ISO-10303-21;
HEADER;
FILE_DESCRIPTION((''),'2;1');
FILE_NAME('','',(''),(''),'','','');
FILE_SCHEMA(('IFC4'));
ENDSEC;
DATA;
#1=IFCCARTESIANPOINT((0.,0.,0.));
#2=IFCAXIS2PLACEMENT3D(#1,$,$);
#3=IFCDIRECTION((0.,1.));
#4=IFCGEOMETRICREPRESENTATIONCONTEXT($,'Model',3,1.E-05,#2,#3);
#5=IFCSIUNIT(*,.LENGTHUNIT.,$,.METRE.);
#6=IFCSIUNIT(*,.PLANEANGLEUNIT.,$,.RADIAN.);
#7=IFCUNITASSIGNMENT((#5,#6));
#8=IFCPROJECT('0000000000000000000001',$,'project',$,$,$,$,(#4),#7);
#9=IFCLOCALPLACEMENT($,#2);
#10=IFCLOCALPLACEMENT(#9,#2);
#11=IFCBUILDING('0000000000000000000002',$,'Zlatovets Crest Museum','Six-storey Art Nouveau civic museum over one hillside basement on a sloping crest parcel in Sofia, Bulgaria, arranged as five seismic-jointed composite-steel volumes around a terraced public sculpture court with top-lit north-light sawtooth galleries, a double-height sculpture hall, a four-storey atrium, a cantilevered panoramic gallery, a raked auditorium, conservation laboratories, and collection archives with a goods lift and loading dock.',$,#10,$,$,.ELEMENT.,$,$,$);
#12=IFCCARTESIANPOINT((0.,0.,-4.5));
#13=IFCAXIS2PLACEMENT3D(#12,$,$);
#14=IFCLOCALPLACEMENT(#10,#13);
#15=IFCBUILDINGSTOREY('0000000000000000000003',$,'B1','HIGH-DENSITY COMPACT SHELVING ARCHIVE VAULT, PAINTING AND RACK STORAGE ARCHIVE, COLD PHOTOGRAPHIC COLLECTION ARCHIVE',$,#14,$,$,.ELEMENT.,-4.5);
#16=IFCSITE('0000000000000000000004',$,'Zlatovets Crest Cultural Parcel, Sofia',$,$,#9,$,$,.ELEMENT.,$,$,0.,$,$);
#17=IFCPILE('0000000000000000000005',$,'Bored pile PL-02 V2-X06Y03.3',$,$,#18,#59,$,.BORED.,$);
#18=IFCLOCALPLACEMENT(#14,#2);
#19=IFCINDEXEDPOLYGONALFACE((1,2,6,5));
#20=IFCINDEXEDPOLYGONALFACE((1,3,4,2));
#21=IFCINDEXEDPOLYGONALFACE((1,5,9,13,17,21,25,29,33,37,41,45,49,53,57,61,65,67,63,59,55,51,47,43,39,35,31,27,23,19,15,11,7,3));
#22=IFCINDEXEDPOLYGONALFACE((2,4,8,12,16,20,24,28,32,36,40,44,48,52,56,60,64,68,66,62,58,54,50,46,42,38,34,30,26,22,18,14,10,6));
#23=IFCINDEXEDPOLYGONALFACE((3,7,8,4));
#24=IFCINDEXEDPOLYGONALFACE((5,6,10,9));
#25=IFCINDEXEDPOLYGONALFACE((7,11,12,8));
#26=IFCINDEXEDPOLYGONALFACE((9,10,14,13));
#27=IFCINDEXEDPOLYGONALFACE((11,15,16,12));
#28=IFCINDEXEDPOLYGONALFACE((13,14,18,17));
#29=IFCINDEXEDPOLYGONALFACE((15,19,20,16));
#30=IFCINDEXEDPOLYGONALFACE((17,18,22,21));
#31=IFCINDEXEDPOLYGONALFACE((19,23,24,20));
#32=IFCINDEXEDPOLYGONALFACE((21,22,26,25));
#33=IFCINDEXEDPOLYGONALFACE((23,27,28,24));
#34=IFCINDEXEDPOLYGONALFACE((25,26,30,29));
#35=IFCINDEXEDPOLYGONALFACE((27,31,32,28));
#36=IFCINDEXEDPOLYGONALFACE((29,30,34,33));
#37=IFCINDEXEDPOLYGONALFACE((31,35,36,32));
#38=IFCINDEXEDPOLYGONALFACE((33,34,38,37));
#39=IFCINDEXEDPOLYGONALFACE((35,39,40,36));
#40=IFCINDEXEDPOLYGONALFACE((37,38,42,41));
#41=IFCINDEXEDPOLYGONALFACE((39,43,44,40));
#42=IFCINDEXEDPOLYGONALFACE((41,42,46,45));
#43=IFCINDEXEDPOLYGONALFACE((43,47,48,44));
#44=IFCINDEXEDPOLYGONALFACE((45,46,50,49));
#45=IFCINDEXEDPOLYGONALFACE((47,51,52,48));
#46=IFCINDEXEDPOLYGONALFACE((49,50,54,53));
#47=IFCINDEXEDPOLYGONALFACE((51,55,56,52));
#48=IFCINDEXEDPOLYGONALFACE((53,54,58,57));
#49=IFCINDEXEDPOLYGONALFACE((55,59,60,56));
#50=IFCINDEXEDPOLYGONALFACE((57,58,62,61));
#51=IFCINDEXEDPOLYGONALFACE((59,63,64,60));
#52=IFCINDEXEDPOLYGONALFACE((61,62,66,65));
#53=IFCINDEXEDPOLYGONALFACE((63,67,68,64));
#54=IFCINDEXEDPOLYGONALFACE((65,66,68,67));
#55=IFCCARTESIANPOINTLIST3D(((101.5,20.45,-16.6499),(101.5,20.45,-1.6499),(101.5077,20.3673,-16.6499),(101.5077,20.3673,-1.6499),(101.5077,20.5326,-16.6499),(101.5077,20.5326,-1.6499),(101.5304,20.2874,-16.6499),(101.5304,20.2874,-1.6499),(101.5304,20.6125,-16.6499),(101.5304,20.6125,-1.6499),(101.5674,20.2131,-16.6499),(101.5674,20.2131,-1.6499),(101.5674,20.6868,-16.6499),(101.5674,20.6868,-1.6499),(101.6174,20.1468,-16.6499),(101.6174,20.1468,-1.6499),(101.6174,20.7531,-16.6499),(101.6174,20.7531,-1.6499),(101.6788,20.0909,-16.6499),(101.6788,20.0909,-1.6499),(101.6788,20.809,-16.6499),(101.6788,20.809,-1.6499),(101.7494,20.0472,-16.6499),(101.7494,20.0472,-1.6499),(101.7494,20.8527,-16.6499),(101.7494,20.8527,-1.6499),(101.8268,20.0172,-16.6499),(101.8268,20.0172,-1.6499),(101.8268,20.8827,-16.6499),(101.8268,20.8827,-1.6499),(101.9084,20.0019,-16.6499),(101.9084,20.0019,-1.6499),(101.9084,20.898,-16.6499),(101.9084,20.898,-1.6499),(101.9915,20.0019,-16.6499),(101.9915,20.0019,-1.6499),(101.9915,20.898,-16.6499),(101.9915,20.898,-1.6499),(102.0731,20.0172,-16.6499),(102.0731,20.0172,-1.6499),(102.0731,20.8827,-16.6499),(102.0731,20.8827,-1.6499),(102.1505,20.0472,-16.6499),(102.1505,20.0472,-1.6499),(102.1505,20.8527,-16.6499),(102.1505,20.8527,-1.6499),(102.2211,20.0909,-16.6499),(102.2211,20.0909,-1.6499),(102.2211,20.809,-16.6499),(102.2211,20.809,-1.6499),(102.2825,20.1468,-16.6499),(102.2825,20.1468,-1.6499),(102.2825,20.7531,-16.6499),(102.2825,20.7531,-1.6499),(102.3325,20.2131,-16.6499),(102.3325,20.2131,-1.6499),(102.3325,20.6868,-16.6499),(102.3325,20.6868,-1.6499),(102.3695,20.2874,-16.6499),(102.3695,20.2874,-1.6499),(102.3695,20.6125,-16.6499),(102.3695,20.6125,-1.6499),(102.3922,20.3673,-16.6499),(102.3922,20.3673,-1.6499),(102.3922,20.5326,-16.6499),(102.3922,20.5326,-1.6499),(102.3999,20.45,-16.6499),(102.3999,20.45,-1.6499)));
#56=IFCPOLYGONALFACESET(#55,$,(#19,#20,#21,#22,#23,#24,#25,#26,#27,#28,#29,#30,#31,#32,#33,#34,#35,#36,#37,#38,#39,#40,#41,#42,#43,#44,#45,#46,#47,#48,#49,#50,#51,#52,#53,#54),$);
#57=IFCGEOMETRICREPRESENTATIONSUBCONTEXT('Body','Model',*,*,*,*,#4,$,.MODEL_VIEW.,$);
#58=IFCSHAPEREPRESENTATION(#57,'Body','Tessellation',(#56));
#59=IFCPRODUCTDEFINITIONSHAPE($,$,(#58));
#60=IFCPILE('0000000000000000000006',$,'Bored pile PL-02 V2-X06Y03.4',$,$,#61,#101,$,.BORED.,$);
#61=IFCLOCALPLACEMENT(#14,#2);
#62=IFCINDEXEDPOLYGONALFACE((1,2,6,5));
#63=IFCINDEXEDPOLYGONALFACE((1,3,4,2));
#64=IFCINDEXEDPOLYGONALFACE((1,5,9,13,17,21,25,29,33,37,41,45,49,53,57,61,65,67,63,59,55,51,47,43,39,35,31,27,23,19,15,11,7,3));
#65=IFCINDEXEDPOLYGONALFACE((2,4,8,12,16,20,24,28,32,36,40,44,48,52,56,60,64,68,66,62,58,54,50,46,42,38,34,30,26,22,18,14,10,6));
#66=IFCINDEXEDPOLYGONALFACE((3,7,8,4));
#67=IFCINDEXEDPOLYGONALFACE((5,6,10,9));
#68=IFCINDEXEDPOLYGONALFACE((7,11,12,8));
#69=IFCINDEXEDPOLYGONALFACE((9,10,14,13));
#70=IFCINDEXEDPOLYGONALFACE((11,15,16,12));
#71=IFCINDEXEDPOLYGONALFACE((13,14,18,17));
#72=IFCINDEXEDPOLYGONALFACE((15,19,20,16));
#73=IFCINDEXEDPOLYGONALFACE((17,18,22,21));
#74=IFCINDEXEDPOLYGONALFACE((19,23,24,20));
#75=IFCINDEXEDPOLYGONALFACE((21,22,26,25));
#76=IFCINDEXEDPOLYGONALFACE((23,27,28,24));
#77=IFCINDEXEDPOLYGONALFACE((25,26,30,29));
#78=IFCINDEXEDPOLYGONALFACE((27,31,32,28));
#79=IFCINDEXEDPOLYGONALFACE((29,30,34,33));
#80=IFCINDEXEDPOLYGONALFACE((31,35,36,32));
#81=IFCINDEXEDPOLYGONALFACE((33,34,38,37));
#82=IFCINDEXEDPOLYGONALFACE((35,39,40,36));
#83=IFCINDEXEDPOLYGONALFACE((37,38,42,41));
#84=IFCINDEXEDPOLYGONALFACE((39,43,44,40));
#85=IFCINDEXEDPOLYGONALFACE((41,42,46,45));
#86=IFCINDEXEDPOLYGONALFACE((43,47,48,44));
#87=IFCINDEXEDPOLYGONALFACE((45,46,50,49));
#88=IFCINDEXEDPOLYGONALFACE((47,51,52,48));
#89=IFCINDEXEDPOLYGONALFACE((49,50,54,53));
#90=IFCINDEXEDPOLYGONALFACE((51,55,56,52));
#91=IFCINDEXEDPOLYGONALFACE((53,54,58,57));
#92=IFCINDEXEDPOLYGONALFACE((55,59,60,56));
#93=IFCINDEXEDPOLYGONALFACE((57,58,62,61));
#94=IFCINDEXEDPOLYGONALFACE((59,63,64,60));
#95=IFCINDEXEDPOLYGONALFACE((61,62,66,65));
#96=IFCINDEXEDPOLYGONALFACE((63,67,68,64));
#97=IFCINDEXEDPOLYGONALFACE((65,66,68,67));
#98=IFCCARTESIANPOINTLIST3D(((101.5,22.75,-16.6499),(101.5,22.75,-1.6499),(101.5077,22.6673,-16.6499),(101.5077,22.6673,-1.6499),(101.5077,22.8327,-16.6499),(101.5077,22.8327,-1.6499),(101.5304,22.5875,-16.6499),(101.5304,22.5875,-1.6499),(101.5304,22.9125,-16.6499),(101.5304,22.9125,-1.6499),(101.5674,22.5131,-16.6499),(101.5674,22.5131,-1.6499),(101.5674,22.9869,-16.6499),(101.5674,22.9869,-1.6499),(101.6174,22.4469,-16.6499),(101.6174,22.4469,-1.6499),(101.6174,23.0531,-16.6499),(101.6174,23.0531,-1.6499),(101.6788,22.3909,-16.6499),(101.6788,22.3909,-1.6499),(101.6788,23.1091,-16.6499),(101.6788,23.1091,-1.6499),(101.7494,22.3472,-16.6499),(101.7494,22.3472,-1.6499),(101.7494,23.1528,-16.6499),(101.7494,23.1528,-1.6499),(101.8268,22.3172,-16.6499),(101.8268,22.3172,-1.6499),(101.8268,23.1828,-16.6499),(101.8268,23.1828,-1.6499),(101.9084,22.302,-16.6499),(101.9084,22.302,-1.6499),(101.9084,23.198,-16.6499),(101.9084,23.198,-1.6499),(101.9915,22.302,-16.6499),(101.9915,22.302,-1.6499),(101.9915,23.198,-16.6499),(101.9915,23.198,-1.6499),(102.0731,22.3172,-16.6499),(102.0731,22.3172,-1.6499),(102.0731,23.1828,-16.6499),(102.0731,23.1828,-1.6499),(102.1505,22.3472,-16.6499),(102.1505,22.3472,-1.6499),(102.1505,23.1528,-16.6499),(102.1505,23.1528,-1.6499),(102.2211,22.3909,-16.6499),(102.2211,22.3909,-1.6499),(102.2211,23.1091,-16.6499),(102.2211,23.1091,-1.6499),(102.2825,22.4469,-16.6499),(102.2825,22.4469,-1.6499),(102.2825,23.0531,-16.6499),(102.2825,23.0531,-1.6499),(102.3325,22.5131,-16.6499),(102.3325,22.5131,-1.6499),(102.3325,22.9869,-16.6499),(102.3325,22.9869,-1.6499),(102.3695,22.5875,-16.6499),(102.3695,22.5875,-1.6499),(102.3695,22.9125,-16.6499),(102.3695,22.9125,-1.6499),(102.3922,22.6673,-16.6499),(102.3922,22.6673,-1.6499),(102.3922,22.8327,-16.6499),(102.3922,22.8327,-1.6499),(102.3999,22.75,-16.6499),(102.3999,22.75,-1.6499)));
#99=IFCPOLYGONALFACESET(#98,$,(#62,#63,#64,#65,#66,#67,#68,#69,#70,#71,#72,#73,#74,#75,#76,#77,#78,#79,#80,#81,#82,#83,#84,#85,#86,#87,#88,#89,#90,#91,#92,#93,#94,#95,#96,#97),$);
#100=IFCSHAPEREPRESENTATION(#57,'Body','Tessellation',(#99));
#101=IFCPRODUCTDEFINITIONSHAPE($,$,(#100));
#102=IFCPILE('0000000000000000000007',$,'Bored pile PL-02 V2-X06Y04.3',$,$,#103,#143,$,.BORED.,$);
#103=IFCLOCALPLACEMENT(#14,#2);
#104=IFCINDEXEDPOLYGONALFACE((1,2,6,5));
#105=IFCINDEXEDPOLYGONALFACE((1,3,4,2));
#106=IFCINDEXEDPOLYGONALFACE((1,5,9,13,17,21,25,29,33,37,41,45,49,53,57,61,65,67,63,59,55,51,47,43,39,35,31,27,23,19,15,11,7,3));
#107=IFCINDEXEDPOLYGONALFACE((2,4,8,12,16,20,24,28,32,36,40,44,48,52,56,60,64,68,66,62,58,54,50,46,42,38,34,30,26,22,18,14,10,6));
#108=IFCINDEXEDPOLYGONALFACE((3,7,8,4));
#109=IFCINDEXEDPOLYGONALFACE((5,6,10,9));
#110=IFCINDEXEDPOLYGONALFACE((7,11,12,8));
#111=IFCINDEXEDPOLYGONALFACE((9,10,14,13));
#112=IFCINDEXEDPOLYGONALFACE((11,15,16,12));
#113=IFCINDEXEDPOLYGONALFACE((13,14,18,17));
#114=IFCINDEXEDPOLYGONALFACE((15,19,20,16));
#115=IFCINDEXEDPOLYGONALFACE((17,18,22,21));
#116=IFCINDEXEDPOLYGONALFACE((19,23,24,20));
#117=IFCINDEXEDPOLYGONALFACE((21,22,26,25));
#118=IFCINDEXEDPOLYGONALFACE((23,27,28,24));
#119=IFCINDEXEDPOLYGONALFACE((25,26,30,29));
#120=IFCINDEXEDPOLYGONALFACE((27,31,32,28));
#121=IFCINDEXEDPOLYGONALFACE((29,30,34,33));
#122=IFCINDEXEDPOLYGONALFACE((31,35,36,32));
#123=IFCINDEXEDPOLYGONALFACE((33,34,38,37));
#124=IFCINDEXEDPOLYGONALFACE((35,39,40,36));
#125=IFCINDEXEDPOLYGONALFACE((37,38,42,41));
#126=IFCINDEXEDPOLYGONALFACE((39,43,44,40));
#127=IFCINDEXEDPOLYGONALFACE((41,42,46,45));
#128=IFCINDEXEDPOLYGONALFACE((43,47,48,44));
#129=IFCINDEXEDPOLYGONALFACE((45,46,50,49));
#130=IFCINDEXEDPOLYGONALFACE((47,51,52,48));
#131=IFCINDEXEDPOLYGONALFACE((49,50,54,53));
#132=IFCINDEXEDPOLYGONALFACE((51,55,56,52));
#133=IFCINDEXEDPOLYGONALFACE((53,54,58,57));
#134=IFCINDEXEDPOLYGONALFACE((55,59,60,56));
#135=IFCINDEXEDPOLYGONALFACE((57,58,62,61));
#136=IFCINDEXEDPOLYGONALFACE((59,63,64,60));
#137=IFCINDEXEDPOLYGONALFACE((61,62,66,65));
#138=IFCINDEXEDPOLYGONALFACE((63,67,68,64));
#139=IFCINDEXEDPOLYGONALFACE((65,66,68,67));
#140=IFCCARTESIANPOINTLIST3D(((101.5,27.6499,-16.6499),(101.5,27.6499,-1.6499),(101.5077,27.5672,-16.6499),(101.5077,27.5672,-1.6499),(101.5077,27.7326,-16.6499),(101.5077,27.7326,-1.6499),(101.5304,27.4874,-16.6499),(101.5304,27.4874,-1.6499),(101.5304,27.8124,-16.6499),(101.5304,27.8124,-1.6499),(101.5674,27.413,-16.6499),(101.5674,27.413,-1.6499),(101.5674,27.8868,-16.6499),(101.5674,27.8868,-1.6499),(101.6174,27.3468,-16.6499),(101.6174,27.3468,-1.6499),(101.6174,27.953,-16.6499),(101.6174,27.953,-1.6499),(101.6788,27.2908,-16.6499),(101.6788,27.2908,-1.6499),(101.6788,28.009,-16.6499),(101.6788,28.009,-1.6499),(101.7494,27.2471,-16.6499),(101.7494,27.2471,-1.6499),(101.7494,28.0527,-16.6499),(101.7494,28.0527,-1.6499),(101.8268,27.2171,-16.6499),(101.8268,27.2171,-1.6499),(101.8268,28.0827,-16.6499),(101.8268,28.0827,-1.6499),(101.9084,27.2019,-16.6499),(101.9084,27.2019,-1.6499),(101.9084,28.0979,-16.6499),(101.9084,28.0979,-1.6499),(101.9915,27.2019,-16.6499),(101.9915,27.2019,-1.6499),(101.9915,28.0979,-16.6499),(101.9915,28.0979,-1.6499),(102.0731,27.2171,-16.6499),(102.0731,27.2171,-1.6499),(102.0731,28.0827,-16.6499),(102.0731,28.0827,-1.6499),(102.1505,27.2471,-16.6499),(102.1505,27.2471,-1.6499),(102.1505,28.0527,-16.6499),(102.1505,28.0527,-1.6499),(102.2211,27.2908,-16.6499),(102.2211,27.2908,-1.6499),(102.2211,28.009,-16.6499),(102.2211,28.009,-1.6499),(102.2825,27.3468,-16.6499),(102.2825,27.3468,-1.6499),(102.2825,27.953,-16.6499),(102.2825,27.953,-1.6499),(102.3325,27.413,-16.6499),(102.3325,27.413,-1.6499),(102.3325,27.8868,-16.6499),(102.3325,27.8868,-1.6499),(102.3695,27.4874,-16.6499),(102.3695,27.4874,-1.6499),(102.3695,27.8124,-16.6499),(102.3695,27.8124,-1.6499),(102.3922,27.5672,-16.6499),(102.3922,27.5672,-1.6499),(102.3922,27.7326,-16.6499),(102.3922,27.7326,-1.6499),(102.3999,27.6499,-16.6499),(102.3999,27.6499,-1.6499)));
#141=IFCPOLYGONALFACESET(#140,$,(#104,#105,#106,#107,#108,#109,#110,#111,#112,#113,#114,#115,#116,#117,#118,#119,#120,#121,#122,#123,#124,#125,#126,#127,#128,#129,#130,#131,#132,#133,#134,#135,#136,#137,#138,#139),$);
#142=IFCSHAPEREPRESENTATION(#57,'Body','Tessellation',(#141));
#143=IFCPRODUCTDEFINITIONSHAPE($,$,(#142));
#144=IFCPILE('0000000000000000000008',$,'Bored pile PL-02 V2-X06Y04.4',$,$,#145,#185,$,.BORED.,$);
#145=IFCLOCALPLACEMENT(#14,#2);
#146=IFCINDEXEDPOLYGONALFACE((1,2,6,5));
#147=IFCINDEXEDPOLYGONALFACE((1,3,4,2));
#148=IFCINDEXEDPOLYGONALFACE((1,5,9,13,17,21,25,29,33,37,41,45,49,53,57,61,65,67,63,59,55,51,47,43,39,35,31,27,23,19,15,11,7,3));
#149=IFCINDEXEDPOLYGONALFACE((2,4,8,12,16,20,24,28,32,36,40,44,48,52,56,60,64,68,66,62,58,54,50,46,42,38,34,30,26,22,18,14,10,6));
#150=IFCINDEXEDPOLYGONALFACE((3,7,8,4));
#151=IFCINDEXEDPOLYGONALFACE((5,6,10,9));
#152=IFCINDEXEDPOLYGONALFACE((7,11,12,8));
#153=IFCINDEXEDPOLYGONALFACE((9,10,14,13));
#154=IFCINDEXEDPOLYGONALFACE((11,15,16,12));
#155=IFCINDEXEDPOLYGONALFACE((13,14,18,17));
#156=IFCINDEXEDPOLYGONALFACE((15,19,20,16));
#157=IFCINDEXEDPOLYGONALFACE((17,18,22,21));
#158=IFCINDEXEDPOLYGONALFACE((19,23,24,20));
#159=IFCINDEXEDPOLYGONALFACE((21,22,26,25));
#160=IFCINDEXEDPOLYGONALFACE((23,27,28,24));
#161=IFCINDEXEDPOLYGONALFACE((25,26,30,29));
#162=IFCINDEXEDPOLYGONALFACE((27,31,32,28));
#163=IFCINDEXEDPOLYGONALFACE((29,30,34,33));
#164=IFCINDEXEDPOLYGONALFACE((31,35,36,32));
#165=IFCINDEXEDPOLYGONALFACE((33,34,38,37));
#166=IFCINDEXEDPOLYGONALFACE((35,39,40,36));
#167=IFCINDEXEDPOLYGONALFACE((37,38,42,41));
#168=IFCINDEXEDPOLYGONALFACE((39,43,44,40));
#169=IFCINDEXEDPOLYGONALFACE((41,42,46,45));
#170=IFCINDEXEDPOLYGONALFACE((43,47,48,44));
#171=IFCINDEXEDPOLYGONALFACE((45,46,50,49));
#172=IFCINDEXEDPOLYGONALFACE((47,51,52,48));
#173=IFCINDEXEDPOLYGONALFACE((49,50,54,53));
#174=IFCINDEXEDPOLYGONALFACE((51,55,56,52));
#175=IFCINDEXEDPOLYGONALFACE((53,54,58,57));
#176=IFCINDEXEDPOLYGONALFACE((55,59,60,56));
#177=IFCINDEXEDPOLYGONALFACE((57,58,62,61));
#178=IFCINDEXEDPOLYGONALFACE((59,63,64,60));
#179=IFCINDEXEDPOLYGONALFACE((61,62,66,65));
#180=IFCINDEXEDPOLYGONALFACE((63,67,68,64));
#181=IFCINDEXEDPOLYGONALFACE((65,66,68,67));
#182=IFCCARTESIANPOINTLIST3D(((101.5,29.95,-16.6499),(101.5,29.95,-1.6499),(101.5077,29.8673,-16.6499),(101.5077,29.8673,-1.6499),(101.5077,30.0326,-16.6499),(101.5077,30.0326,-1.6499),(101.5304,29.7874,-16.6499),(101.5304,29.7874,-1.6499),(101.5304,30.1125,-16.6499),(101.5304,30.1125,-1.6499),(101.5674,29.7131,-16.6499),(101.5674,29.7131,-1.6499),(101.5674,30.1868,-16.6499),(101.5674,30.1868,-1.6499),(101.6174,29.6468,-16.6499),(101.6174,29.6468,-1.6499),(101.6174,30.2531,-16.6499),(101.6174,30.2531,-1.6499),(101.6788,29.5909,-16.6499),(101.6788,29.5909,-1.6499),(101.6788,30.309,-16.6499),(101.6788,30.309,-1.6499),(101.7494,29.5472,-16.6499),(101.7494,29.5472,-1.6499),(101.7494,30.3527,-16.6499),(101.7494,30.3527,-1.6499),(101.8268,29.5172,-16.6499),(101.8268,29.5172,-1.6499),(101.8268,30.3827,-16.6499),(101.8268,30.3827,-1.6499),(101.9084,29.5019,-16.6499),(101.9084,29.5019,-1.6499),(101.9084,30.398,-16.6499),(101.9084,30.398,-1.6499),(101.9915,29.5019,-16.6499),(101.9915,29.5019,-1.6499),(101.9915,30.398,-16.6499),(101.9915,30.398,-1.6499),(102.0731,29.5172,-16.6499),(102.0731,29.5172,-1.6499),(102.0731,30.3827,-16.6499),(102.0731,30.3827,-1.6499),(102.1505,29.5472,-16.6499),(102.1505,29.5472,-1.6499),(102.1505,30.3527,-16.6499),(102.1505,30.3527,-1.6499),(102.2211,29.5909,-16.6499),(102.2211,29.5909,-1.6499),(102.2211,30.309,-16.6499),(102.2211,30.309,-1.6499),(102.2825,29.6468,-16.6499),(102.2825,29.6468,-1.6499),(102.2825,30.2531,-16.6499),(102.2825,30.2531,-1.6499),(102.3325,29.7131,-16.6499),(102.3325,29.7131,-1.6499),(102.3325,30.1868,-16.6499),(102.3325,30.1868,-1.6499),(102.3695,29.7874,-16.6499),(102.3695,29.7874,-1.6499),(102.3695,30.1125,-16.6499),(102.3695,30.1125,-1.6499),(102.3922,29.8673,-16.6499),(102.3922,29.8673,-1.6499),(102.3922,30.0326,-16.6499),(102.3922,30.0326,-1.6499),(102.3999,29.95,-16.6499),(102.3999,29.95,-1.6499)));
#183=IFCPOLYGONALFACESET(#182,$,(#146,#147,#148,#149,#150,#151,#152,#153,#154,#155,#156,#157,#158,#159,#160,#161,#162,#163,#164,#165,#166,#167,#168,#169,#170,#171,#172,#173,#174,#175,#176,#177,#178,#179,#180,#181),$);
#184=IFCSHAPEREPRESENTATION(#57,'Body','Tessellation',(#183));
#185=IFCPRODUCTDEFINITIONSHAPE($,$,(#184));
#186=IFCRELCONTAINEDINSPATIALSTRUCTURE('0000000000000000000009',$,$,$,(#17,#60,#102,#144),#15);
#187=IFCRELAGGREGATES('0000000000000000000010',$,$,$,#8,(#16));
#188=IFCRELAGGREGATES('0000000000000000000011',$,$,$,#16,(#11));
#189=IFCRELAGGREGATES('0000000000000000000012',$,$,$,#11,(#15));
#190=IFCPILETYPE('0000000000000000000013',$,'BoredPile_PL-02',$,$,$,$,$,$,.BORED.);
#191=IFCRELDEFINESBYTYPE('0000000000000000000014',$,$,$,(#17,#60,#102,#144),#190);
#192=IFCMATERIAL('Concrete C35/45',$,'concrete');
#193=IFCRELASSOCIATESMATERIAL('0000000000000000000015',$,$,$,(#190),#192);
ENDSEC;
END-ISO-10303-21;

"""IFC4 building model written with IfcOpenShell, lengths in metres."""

from ifc_helpers import new_model, si_unit, direction, frame, origin, origin_2d, place, context, subcontext, project, spatial, circle, extrude, material, material_profile, profile_set, type_object, element, save


model = new_model("IFC4")

# Units and contexts
model_context = context("Model", 3, precision=1e-05, world=origin(), true_north=direction((0.0, 1.0)))
body_context = subcontext(model_context, "Body", "Model", "MODEL_VIEW")
ifc_project = project(units=[si_unit("LENGTHUNIT", "METRE"), si_unit("PLANEANGLEUNIT", "RADIAN")], contexts=[model_context])

# Site, building, storey
site_placement = place(None, origin())
site = spatial("IfcSite", under=ifc_project, at=site_placement, Name="Zlatovets Crest Cultural Parcel, Sofia", CompositionType="ELEMENT", RefElevation=0.0)
building_placement = place(site_placement, origin())
building = spatial("IfcBuilding", under=site, at=building_placement, Name="Zlatovets Crest Museum", Description="Six-storey Art Nouveau civic museum over one hillside basement on a sloping crest parcel in Sofia, Bulgaria, arranged as five seismic-jointed composite-steel volumes around a terraced public sculpture court with top-lit north-light sawtooth galleries, a double-height sculpture hall, a four-storey atrium, a cantilevered panoramic gallery, a raked auditorium, conservation laboratories, and collection archives with a goods lift and loading dock.", CompositionType="ELEMENT")
storey_placement = place(building_placement, frame((0.0, 0.0, -4.5)))
storey = spatial("IfcBuildingStorey", under=building, at=storey_placement, Name="B1", Description="HIGH-DENSITY COMPACT SHELVING ARCHIVE VAULT, PAINTING AND RACK STORAGE ARCHIVE, COLD PHOTOGRAPHIC COLLECTION ARCHIVE", CompositionType="ELEMENT", Elevation=-4.5)

# Piles
ifc_material_1 = material(Name="Concrete C35/45", Category="concrete")
ifc_material_profile_1 = material_profile(ifc_material_1, circle(Radius=0.45, at=origin_2d()), Name="PILE D900")
ifc_profile_set_1 = profile_set([ifc_material_profile_1], Name="Concrete C35/45")
pile_type = type_object("IfcPileType", Name="BoredPile_PL-02", PredefinedType="BORED", material=ifc_profile_set_1)
for number, where, z_axis, x_axis, name in (
    (1, (101.95, 20.45, -1.6499), (0.0, 0.0, -1.0), (1.0, 0.0, 0.0), "Bored pile PL-02 V2-X06Y03.3"),
    (2, (101.95, 22.75, -1.6499), (0.0, 0.0, -1.0), (1.0, 0.0, 0.0), "Bored pile PL-02 V2-X06Y03.4"),
    (3, (101.95, 27.6499, -1.6499), (0.0, 0.0, -1.0), (1.0, 0.0, 0.0), "Bored pile PL-02 V2-X06Y04.3"),
    (4, (101.95, 29.95, -1.6499), (0.0, 0.0, -1.0), (1.0, 0.0, 0.0), "Bored pile PL-02 V2-X06Y04.4"),
):
    element("IfcPile", number, at=place(storey_placement, frame(where, z_axis=z_axis, x_axis=x_axis)), inside=storey, type_object=pile_type, Name=name, PredefinedType="BORED", context=body_context, shape_type="SweptSolid", body=[
        extrude(circle(Radius=0.45, at=origin_2d()), origin(), (0.0, 0.0, 1.0), 15.0),
    ])

save(model, "model.ifc")
